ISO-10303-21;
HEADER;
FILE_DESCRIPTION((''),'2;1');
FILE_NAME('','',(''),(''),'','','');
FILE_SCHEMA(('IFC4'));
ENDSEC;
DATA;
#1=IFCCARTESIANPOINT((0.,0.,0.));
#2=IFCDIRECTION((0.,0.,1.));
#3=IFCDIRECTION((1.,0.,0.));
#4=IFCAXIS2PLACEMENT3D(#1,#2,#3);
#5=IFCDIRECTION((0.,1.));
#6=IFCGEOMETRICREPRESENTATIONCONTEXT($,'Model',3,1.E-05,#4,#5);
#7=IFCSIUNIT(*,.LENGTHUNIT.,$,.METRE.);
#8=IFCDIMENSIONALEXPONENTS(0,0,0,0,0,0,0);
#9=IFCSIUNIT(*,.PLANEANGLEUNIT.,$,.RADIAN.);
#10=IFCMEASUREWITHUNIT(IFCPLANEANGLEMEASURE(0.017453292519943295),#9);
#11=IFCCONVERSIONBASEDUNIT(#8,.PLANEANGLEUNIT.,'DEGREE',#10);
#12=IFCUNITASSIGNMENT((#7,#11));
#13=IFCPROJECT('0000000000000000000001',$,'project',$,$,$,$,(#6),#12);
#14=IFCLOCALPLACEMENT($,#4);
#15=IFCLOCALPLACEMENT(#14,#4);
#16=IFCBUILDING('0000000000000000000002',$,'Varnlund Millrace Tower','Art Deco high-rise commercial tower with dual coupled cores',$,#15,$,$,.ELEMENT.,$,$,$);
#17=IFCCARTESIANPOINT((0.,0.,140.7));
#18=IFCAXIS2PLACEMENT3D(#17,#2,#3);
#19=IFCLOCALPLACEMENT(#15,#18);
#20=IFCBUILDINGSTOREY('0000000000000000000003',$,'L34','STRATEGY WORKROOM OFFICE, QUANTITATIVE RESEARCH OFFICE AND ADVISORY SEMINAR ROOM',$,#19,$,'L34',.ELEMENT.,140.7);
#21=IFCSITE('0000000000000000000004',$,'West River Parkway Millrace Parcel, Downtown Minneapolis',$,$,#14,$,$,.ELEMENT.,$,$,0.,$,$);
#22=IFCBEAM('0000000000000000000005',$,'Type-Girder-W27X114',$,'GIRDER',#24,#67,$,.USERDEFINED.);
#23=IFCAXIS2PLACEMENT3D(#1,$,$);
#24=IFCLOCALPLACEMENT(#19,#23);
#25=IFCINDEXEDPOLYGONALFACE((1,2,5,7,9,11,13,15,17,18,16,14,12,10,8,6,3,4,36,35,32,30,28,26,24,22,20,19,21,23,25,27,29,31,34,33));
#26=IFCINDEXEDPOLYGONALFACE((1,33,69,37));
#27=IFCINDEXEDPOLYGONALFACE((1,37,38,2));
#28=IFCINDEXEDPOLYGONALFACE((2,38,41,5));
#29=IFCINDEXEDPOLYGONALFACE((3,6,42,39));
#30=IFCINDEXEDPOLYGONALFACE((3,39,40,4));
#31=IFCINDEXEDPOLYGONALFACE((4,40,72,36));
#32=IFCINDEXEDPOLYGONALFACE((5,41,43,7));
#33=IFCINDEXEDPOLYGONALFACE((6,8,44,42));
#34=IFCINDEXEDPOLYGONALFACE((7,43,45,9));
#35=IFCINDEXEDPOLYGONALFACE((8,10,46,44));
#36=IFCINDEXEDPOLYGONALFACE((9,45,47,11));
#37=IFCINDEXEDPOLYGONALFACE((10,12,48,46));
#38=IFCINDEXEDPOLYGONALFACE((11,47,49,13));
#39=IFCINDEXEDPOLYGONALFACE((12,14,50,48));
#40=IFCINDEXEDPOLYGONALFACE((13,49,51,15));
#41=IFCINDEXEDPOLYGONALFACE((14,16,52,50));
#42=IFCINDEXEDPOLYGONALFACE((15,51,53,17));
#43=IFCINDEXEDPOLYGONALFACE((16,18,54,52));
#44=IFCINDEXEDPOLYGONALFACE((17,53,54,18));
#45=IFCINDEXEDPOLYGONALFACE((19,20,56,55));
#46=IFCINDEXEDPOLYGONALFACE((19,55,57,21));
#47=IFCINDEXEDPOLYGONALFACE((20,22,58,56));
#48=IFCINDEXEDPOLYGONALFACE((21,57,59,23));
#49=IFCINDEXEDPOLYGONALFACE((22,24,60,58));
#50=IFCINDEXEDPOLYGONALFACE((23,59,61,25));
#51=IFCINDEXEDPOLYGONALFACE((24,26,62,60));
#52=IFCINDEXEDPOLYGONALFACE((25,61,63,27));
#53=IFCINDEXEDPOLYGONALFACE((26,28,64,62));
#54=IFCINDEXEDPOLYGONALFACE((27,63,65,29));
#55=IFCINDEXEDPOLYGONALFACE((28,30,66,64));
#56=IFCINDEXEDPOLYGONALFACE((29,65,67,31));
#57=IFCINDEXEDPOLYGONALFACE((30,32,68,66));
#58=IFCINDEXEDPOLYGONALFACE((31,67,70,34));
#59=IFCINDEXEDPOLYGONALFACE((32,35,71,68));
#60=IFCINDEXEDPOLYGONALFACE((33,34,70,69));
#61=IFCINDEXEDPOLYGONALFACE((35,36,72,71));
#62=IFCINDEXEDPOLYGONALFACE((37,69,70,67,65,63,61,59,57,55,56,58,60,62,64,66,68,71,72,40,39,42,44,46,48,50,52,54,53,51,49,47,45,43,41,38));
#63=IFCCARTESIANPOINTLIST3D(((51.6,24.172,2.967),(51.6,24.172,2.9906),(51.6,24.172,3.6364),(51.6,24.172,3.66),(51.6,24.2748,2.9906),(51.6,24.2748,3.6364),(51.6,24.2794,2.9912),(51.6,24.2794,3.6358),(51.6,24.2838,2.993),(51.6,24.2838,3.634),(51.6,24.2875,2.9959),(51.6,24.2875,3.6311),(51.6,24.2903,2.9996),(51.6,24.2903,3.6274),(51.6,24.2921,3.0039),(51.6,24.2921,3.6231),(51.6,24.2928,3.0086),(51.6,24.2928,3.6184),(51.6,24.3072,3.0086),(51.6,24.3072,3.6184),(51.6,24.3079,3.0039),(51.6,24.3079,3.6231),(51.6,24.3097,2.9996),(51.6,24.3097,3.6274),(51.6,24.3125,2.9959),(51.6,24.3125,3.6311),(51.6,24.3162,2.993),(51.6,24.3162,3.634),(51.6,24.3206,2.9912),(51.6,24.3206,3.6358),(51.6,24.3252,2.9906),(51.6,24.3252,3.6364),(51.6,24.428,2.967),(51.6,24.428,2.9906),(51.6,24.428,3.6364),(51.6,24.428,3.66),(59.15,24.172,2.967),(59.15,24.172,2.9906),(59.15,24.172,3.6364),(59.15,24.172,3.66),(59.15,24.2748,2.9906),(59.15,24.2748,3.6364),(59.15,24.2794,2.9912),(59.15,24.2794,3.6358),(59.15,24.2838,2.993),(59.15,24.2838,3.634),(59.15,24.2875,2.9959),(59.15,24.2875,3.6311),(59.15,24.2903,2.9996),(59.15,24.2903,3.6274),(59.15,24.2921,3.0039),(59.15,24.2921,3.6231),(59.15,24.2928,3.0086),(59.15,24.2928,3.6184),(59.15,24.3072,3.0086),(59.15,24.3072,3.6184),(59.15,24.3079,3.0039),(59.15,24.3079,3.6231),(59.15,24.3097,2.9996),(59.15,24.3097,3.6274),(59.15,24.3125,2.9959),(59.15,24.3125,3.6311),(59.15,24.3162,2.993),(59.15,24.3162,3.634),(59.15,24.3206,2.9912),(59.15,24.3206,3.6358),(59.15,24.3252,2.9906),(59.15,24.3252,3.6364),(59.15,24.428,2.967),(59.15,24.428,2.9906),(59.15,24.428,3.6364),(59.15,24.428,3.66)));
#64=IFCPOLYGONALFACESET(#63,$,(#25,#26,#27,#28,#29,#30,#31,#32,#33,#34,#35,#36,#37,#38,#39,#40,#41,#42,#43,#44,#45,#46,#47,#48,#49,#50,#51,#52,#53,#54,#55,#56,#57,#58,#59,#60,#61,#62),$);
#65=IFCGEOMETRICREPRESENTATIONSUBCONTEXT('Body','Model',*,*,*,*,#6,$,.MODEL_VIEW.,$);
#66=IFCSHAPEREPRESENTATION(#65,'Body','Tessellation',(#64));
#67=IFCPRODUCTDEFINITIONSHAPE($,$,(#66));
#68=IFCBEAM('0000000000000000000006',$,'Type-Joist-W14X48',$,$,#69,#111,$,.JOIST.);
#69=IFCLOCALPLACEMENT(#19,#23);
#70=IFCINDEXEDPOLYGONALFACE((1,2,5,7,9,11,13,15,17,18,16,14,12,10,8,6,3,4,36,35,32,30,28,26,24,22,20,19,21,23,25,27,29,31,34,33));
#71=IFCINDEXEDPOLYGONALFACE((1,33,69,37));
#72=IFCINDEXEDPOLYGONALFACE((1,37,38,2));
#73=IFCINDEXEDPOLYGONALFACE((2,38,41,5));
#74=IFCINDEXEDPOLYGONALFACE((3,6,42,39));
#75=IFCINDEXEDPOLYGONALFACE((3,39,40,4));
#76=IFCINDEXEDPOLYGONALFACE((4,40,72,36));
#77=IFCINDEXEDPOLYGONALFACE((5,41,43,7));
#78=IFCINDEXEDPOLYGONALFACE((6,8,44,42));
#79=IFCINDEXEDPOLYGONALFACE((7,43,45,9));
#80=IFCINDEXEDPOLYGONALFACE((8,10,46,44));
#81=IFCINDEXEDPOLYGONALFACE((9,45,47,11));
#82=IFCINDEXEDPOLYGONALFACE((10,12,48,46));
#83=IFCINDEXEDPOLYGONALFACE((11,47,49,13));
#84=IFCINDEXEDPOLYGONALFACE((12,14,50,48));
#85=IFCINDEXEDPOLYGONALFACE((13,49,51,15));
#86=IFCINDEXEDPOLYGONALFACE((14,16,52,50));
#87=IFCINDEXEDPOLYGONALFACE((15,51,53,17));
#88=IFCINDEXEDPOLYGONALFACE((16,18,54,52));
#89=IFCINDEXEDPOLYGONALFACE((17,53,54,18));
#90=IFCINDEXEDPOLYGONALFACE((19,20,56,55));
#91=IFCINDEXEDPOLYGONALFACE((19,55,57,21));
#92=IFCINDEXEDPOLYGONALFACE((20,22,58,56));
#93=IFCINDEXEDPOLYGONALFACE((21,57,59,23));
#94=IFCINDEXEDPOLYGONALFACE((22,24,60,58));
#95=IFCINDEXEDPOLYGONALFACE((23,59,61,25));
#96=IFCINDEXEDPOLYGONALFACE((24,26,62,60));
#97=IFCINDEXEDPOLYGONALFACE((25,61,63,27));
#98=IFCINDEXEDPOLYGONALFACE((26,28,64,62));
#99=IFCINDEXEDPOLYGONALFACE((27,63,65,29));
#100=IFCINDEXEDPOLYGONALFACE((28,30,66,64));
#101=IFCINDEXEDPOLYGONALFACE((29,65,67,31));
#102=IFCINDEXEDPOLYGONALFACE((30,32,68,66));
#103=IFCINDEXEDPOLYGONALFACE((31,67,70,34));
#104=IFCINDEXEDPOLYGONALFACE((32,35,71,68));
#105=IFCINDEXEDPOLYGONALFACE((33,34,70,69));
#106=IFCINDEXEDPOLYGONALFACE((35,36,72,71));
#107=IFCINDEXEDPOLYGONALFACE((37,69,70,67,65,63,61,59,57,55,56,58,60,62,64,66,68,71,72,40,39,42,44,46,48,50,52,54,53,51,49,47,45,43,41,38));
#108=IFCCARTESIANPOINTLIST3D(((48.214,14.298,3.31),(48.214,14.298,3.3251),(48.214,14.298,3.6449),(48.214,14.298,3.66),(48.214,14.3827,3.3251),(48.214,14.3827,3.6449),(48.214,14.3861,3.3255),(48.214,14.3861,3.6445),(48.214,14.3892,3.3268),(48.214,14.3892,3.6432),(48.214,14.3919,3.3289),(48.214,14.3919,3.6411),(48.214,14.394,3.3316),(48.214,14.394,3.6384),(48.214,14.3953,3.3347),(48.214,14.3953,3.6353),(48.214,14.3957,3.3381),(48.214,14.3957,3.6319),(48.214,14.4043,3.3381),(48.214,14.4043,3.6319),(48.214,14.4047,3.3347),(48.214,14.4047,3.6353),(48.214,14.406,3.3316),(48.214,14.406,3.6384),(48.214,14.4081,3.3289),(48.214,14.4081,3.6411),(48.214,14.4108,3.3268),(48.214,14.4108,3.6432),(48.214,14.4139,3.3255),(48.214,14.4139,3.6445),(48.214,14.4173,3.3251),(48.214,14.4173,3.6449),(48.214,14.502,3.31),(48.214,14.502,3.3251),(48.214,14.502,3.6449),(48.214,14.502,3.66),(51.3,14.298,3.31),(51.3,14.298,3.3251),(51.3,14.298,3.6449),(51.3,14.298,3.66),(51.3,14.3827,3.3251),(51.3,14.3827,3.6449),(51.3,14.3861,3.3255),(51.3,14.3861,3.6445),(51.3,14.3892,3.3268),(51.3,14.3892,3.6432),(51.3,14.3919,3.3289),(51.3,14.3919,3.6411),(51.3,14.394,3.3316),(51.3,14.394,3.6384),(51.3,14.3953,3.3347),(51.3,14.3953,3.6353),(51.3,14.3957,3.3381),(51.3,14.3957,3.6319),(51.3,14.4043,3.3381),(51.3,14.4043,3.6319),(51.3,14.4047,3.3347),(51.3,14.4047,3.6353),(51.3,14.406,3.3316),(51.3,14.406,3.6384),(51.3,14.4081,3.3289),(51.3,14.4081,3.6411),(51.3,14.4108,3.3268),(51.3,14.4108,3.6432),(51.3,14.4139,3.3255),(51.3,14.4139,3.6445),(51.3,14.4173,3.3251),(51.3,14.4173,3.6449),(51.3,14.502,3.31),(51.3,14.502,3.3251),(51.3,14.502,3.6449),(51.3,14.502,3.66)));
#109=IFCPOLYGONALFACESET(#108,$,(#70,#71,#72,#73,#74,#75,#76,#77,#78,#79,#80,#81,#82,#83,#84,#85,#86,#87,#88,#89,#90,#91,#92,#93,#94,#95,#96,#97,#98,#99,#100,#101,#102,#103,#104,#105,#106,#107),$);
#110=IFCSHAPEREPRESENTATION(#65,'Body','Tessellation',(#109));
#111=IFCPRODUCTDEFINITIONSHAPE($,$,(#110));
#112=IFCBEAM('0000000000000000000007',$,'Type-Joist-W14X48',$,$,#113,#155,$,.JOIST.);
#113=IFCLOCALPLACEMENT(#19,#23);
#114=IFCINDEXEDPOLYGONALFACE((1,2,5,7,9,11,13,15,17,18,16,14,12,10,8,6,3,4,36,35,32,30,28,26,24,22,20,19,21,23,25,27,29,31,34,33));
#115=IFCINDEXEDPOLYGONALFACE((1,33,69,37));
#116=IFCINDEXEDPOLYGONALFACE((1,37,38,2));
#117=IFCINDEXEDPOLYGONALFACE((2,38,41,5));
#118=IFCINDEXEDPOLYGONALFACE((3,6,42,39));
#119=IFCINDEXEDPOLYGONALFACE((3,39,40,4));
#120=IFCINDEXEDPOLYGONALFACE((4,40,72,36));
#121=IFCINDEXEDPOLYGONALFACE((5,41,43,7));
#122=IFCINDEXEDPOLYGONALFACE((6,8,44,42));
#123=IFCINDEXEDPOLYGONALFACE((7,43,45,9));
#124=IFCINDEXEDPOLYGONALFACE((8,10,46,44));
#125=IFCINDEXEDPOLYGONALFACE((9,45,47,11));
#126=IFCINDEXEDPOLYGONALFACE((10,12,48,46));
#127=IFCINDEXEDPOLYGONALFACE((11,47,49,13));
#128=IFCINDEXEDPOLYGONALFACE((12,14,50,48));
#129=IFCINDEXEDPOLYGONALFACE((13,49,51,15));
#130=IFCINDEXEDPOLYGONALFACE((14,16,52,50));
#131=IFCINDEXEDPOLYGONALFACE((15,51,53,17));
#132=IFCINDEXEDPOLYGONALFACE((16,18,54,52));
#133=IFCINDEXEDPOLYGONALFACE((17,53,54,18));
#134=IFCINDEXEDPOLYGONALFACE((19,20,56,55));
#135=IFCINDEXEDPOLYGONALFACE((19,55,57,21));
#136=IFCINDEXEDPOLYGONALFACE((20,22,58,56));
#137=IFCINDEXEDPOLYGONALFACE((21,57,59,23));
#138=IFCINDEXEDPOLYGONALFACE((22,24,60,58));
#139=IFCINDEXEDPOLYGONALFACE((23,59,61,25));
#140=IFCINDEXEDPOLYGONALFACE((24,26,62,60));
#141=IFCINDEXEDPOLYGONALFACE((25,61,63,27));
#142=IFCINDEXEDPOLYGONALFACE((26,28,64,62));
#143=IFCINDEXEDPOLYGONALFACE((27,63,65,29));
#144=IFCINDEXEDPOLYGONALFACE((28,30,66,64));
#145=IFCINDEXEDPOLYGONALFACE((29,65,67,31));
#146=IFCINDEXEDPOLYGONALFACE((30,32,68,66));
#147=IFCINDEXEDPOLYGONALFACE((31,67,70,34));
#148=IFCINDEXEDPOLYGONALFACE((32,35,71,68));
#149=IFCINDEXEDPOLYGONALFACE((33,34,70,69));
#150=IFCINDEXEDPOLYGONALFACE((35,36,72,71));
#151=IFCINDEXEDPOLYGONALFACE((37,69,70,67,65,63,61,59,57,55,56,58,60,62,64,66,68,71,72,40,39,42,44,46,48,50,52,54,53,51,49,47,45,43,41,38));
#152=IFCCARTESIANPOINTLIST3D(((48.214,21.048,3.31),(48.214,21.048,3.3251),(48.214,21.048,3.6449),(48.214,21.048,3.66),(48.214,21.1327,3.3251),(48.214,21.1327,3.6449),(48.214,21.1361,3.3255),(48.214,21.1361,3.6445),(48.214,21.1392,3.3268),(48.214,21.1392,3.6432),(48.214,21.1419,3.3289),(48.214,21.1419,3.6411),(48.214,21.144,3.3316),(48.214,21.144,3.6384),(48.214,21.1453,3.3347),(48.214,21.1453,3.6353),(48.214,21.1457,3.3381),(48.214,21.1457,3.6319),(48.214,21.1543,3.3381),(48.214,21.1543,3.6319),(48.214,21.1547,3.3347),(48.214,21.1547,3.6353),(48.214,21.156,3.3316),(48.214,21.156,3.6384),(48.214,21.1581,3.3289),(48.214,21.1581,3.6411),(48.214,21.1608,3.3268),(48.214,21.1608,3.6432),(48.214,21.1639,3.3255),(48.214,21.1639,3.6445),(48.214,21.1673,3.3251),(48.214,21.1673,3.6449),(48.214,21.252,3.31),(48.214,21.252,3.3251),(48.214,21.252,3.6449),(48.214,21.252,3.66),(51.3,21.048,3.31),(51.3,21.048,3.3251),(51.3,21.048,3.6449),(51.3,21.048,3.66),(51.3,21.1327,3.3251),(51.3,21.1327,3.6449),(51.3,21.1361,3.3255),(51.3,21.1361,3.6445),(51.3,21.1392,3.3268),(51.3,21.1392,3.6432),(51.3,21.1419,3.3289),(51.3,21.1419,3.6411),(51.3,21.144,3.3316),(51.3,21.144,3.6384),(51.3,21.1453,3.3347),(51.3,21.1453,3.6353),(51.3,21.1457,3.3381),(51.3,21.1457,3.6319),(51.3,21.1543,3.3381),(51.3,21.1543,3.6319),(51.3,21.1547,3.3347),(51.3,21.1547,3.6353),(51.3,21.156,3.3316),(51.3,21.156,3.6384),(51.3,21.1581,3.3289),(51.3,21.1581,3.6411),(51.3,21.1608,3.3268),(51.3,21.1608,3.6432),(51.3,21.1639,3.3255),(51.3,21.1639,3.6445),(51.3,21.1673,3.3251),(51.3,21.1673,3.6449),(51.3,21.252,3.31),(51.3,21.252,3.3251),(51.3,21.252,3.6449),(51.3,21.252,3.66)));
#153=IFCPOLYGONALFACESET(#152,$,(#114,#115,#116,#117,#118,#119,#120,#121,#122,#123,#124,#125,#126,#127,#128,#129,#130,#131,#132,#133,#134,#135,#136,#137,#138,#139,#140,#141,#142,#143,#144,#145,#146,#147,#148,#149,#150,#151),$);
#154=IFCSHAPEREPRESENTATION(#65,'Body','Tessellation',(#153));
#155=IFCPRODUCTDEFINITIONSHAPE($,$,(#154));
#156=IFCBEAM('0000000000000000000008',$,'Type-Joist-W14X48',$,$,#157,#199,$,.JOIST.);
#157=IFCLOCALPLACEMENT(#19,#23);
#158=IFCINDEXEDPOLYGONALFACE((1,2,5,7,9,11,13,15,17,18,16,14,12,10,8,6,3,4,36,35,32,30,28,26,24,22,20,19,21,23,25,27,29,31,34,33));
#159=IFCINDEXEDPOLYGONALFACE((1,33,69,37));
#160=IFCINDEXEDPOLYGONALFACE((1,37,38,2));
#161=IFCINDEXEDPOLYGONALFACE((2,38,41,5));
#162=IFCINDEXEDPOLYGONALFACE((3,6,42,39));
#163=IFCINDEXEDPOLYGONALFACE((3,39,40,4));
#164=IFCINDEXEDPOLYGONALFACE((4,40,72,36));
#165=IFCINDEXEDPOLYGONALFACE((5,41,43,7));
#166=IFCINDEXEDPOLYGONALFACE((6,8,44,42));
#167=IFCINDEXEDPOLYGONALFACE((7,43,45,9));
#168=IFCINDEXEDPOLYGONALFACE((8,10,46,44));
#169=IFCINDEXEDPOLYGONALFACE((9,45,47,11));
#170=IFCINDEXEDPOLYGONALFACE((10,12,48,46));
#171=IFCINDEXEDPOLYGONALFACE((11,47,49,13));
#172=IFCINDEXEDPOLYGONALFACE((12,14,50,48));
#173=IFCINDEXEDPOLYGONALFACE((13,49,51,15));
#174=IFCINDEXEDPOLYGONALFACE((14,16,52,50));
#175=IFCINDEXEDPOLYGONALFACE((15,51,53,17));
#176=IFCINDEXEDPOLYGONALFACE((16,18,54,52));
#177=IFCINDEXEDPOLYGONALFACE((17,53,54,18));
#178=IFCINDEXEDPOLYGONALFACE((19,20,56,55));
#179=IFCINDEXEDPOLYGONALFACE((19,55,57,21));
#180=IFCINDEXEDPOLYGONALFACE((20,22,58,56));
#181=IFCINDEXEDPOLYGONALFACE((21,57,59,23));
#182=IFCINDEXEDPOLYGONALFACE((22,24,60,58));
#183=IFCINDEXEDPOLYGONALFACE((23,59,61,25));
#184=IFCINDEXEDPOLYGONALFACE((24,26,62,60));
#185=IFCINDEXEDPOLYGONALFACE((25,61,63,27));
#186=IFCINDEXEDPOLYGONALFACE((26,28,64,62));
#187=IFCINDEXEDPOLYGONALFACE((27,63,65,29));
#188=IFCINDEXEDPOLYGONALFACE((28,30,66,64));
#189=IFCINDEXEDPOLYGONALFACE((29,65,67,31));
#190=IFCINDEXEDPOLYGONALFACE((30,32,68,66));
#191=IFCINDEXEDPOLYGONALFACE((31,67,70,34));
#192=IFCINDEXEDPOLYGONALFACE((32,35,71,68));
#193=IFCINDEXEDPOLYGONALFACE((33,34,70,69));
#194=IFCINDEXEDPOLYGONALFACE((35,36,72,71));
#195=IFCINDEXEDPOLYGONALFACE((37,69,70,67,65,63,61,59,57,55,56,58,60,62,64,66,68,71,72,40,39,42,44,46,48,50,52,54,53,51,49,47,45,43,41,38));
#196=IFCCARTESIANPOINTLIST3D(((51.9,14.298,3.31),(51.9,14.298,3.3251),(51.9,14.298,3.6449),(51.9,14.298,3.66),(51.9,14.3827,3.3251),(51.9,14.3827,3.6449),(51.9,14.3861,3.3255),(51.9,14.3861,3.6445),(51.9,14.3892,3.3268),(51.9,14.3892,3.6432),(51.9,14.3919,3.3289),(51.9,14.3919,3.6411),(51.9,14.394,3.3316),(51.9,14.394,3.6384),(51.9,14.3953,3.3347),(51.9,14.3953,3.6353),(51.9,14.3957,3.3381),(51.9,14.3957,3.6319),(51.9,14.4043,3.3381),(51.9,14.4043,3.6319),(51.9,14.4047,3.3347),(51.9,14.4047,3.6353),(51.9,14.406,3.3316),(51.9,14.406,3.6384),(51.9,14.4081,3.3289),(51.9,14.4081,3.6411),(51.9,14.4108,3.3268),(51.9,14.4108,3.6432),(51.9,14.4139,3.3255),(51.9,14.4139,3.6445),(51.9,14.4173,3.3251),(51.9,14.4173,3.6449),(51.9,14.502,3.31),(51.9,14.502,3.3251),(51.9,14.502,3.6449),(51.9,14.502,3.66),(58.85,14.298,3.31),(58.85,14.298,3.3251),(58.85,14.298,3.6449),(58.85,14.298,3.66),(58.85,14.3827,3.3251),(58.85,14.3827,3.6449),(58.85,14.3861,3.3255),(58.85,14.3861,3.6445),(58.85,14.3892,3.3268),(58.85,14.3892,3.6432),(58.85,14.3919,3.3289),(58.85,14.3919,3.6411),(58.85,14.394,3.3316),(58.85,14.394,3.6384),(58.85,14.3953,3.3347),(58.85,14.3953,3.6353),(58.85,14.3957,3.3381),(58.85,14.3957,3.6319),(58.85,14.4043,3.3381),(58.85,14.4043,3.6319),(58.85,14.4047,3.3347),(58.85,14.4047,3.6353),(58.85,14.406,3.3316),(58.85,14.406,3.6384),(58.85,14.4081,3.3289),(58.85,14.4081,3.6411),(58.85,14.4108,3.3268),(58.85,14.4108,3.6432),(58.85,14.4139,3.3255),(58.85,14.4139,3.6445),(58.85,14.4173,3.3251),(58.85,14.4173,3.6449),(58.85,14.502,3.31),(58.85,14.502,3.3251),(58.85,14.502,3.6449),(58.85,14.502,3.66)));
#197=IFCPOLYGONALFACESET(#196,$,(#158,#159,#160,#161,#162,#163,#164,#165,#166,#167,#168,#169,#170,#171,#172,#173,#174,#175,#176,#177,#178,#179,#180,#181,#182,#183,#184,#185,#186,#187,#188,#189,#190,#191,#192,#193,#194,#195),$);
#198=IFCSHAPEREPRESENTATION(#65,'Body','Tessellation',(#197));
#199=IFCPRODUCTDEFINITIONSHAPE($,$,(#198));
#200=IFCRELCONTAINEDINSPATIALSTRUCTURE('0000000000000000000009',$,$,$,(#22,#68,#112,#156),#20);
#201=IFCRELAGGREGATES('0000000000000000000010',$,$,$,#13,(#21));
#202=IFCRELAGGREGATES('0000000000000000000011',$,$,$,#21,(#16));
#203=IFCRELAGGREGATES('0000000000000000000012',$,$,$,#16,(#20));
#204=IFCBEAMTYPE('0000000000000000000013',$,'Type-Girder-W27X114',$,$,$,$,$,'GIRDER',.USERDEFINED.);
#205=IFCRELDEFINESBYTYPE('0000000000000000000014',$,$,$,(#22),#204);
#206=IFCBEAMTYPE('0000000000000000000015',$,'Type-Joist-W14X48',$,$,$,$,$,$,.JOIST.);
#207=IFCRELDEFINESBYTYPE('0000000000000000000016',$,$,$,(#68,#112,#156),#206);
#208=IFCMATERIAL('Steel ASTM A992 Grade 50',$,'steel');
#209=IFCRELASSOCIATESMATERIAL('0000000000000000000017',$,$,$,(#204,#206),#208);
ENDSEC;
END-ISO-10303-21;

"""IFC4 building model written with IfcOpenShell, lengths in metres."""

from ifc_helpers import new_model, entity, si_unit, converted_unit, direction, frame, origin_with_axes, origin_2d_with_axis, place, context, subcontext, project, spatial, i_section, extrude, material, material_profile, profile_set, type_object, element, save


model = new_model("IFC4")

# Units and contexts
model_context = context("Model", 3, precision=1e-05, world=origin_with_axes(), true_north=direction((0.0, 1.0)))
body_context = subcontext(model_context, "Body", "Model", "MODEL_VIEW")
ifc_project = project(units=[si_unit("LENGTHUNIT", "METRE"), converted_unit("PLANEANGLEUNIT", "DEGREE", entity("IfcPlaneAngleMeasure", 0.017453292519943295), si_unit("PLANEANGLEUNIT", "RADIAN"), dimensions=[0, 0, 0, 0, 0, 0, 0])], contexts=[model_context])

# Site, building, storey
site_placement = place(None, origin_with_axes())
site = spatial("IfcSite", under=ifc_project, at=site_placement, Name="West River Parkway Millrace Parcel, Downtown Minneapolis", CompositionType="ELEMENT", RefElevation=0.0)
building_placement = place(site_placement, origin_with_axes())
building = spatial("IfcBuilding", under=site, at=building_placement, Name="Varnlund Millrace Tower", Description="Art Deco high-rise commercial tower with dual coupled cores", CompositionType="ELEMENT")
storey_placement = place(building_placement, frame((0.0, 0.0, 140.7), z_axis=(0.0, 0.0, 1.0), x_axis=(1.0, 0.0, 0.0)))
storey = spatial("IfcBuildingStorey", under=building, at=storey_placement, Name="L34", Description="STRATEGY WORKROOM OFFICE, QUANTITATIVE RESEARCH OFFICE AND ADVISORY SEMINAR ROOM", LongName="L34", CompositionType="ELEMENT", Elevation=140.7)

# Beams
ifc_material_1 = material(Name="Steel ASTM A992 Grade 50", Category="steel")
ifc_material_profile_1 = material_profile(ifc_material_1, i_section(OverallWidth=0.256, OverallDepth=0.693, WebThickness=0.0145, FlangeThickness=0.0236, FilletRadius=0.018, at=origin_2d_with_axis()), Name="Steel ASTM A992 Grade 50")
ifc_profile_set_1 = profile_set([ifc_material_profile_1], Name="Steel ASTM A992 Grade 50")
beam_type_1 = type_object("IfcBeamType", Name="Type-Girder-W27X114", ElementType="GIRDER", PredefinedType="USERDEFINED", material=ifc_profile_set_1)
beam_1_placement = place(storey_placement, frame((51.6, 24.3, 3.3135), z_axis=(1.0, 0.0, 0.0), x_axis=(0.0, 1.0, 0.0)))
element("IfcBeam", 1, at=beam_1_placement, inside=storey, type_object=beam_type_1, Name="Type-Girder-W27X114", ObjectType="GIRDER", PredefinedType="USERDEFINED", context=body_context, shape_type="SweptSolid", body=[
    extrude(i_section(OverallWidth=0.256, OverallDepth=0.693, WebThickness=0.0145, FlangeThickness=0.0236, FilletRadius=0.018, at=origin_2d_with_axis()), origin_with_axes(), (0.0, 0.0, 1.0), 7.55),
])
ifc_material_profile_2 = material_profile(ifc_material_1, i_section(OverallWidth=0.204, OverallDepth=0.35, WebThickness=0.0086, FlangeThickness=0.0151, FilletRadius=0.013, at=origin_2d_with_axis()), Name="Steel ASTM A992 Grade 50")
ifc_profile_set_2 = profile_set([ifc_material_profile_2], Name="Steel ASTM A992 Grade 50")
beam_type_2 = type_object("IfcBeamType", Name="Type-Joist-W14X48", PredefinedType="JOIST", material=ifc_profile_set_2)
for number, where, z_axis, x_axis, name in (
    (2, (48.214, 14.4, 3.485), (1.0, 0.0, 0.0), (0.0, 1.0, 0.0), "Type-Joist-W14X48"),
    (3, (48.214, 21.15, 3.485), (1.0, 0.0, 0.0), (0.0, 1.0, 0.0), "Type-Joist-W14X48"),
):
    element("IfcBeam", number, at=place(storey_placement, frame(where, z_axis=z_axis, x_axis=x_axis)), inside=storey, type_object=beam_type_2, Name=name, PredefinedType="JOIST", context=body_context, shape_type="SweptSolid", body=[
        extrude(i_section(OverallWidth=0.204, OverallDepth=0.35, WebThickness=0.0086, FlangeThickness=0.0151, FilletRadius=0.013, at=origin_2d_with_axis()), origin_with_axes(), (0.0, 0.0, 1.0), 3.086),
    ])
for number, where, z_axis, x_axis, name in (
    (4, (51.9, 14.4, 3.485), (1.0, 0.0, 0.0), (0.0, 1.0, 0.0), "Type-Joist-W14X48"),
):
    element("IfcBeam", number, at=place(storey_placement, frame(where, z_axis=z_axis, x_axis=x_axis)), inside=storey, type_object=beam_type_2, Name=name, PredefinedType="JOIST", context=body_context, shape_type="SweptSolid", body=[
        extrude(i_section(OverallWidth=0.204, OverallDepth=0.35, WebThickness=0.0086, FlangeThickness=0.0151, FilletRadius=0.013, at=origin_2d_with_axis()), origin_with_axes(), (0.0, 0.0, 1.0), 6.95),
    ])

save(model, "model.ifc")
